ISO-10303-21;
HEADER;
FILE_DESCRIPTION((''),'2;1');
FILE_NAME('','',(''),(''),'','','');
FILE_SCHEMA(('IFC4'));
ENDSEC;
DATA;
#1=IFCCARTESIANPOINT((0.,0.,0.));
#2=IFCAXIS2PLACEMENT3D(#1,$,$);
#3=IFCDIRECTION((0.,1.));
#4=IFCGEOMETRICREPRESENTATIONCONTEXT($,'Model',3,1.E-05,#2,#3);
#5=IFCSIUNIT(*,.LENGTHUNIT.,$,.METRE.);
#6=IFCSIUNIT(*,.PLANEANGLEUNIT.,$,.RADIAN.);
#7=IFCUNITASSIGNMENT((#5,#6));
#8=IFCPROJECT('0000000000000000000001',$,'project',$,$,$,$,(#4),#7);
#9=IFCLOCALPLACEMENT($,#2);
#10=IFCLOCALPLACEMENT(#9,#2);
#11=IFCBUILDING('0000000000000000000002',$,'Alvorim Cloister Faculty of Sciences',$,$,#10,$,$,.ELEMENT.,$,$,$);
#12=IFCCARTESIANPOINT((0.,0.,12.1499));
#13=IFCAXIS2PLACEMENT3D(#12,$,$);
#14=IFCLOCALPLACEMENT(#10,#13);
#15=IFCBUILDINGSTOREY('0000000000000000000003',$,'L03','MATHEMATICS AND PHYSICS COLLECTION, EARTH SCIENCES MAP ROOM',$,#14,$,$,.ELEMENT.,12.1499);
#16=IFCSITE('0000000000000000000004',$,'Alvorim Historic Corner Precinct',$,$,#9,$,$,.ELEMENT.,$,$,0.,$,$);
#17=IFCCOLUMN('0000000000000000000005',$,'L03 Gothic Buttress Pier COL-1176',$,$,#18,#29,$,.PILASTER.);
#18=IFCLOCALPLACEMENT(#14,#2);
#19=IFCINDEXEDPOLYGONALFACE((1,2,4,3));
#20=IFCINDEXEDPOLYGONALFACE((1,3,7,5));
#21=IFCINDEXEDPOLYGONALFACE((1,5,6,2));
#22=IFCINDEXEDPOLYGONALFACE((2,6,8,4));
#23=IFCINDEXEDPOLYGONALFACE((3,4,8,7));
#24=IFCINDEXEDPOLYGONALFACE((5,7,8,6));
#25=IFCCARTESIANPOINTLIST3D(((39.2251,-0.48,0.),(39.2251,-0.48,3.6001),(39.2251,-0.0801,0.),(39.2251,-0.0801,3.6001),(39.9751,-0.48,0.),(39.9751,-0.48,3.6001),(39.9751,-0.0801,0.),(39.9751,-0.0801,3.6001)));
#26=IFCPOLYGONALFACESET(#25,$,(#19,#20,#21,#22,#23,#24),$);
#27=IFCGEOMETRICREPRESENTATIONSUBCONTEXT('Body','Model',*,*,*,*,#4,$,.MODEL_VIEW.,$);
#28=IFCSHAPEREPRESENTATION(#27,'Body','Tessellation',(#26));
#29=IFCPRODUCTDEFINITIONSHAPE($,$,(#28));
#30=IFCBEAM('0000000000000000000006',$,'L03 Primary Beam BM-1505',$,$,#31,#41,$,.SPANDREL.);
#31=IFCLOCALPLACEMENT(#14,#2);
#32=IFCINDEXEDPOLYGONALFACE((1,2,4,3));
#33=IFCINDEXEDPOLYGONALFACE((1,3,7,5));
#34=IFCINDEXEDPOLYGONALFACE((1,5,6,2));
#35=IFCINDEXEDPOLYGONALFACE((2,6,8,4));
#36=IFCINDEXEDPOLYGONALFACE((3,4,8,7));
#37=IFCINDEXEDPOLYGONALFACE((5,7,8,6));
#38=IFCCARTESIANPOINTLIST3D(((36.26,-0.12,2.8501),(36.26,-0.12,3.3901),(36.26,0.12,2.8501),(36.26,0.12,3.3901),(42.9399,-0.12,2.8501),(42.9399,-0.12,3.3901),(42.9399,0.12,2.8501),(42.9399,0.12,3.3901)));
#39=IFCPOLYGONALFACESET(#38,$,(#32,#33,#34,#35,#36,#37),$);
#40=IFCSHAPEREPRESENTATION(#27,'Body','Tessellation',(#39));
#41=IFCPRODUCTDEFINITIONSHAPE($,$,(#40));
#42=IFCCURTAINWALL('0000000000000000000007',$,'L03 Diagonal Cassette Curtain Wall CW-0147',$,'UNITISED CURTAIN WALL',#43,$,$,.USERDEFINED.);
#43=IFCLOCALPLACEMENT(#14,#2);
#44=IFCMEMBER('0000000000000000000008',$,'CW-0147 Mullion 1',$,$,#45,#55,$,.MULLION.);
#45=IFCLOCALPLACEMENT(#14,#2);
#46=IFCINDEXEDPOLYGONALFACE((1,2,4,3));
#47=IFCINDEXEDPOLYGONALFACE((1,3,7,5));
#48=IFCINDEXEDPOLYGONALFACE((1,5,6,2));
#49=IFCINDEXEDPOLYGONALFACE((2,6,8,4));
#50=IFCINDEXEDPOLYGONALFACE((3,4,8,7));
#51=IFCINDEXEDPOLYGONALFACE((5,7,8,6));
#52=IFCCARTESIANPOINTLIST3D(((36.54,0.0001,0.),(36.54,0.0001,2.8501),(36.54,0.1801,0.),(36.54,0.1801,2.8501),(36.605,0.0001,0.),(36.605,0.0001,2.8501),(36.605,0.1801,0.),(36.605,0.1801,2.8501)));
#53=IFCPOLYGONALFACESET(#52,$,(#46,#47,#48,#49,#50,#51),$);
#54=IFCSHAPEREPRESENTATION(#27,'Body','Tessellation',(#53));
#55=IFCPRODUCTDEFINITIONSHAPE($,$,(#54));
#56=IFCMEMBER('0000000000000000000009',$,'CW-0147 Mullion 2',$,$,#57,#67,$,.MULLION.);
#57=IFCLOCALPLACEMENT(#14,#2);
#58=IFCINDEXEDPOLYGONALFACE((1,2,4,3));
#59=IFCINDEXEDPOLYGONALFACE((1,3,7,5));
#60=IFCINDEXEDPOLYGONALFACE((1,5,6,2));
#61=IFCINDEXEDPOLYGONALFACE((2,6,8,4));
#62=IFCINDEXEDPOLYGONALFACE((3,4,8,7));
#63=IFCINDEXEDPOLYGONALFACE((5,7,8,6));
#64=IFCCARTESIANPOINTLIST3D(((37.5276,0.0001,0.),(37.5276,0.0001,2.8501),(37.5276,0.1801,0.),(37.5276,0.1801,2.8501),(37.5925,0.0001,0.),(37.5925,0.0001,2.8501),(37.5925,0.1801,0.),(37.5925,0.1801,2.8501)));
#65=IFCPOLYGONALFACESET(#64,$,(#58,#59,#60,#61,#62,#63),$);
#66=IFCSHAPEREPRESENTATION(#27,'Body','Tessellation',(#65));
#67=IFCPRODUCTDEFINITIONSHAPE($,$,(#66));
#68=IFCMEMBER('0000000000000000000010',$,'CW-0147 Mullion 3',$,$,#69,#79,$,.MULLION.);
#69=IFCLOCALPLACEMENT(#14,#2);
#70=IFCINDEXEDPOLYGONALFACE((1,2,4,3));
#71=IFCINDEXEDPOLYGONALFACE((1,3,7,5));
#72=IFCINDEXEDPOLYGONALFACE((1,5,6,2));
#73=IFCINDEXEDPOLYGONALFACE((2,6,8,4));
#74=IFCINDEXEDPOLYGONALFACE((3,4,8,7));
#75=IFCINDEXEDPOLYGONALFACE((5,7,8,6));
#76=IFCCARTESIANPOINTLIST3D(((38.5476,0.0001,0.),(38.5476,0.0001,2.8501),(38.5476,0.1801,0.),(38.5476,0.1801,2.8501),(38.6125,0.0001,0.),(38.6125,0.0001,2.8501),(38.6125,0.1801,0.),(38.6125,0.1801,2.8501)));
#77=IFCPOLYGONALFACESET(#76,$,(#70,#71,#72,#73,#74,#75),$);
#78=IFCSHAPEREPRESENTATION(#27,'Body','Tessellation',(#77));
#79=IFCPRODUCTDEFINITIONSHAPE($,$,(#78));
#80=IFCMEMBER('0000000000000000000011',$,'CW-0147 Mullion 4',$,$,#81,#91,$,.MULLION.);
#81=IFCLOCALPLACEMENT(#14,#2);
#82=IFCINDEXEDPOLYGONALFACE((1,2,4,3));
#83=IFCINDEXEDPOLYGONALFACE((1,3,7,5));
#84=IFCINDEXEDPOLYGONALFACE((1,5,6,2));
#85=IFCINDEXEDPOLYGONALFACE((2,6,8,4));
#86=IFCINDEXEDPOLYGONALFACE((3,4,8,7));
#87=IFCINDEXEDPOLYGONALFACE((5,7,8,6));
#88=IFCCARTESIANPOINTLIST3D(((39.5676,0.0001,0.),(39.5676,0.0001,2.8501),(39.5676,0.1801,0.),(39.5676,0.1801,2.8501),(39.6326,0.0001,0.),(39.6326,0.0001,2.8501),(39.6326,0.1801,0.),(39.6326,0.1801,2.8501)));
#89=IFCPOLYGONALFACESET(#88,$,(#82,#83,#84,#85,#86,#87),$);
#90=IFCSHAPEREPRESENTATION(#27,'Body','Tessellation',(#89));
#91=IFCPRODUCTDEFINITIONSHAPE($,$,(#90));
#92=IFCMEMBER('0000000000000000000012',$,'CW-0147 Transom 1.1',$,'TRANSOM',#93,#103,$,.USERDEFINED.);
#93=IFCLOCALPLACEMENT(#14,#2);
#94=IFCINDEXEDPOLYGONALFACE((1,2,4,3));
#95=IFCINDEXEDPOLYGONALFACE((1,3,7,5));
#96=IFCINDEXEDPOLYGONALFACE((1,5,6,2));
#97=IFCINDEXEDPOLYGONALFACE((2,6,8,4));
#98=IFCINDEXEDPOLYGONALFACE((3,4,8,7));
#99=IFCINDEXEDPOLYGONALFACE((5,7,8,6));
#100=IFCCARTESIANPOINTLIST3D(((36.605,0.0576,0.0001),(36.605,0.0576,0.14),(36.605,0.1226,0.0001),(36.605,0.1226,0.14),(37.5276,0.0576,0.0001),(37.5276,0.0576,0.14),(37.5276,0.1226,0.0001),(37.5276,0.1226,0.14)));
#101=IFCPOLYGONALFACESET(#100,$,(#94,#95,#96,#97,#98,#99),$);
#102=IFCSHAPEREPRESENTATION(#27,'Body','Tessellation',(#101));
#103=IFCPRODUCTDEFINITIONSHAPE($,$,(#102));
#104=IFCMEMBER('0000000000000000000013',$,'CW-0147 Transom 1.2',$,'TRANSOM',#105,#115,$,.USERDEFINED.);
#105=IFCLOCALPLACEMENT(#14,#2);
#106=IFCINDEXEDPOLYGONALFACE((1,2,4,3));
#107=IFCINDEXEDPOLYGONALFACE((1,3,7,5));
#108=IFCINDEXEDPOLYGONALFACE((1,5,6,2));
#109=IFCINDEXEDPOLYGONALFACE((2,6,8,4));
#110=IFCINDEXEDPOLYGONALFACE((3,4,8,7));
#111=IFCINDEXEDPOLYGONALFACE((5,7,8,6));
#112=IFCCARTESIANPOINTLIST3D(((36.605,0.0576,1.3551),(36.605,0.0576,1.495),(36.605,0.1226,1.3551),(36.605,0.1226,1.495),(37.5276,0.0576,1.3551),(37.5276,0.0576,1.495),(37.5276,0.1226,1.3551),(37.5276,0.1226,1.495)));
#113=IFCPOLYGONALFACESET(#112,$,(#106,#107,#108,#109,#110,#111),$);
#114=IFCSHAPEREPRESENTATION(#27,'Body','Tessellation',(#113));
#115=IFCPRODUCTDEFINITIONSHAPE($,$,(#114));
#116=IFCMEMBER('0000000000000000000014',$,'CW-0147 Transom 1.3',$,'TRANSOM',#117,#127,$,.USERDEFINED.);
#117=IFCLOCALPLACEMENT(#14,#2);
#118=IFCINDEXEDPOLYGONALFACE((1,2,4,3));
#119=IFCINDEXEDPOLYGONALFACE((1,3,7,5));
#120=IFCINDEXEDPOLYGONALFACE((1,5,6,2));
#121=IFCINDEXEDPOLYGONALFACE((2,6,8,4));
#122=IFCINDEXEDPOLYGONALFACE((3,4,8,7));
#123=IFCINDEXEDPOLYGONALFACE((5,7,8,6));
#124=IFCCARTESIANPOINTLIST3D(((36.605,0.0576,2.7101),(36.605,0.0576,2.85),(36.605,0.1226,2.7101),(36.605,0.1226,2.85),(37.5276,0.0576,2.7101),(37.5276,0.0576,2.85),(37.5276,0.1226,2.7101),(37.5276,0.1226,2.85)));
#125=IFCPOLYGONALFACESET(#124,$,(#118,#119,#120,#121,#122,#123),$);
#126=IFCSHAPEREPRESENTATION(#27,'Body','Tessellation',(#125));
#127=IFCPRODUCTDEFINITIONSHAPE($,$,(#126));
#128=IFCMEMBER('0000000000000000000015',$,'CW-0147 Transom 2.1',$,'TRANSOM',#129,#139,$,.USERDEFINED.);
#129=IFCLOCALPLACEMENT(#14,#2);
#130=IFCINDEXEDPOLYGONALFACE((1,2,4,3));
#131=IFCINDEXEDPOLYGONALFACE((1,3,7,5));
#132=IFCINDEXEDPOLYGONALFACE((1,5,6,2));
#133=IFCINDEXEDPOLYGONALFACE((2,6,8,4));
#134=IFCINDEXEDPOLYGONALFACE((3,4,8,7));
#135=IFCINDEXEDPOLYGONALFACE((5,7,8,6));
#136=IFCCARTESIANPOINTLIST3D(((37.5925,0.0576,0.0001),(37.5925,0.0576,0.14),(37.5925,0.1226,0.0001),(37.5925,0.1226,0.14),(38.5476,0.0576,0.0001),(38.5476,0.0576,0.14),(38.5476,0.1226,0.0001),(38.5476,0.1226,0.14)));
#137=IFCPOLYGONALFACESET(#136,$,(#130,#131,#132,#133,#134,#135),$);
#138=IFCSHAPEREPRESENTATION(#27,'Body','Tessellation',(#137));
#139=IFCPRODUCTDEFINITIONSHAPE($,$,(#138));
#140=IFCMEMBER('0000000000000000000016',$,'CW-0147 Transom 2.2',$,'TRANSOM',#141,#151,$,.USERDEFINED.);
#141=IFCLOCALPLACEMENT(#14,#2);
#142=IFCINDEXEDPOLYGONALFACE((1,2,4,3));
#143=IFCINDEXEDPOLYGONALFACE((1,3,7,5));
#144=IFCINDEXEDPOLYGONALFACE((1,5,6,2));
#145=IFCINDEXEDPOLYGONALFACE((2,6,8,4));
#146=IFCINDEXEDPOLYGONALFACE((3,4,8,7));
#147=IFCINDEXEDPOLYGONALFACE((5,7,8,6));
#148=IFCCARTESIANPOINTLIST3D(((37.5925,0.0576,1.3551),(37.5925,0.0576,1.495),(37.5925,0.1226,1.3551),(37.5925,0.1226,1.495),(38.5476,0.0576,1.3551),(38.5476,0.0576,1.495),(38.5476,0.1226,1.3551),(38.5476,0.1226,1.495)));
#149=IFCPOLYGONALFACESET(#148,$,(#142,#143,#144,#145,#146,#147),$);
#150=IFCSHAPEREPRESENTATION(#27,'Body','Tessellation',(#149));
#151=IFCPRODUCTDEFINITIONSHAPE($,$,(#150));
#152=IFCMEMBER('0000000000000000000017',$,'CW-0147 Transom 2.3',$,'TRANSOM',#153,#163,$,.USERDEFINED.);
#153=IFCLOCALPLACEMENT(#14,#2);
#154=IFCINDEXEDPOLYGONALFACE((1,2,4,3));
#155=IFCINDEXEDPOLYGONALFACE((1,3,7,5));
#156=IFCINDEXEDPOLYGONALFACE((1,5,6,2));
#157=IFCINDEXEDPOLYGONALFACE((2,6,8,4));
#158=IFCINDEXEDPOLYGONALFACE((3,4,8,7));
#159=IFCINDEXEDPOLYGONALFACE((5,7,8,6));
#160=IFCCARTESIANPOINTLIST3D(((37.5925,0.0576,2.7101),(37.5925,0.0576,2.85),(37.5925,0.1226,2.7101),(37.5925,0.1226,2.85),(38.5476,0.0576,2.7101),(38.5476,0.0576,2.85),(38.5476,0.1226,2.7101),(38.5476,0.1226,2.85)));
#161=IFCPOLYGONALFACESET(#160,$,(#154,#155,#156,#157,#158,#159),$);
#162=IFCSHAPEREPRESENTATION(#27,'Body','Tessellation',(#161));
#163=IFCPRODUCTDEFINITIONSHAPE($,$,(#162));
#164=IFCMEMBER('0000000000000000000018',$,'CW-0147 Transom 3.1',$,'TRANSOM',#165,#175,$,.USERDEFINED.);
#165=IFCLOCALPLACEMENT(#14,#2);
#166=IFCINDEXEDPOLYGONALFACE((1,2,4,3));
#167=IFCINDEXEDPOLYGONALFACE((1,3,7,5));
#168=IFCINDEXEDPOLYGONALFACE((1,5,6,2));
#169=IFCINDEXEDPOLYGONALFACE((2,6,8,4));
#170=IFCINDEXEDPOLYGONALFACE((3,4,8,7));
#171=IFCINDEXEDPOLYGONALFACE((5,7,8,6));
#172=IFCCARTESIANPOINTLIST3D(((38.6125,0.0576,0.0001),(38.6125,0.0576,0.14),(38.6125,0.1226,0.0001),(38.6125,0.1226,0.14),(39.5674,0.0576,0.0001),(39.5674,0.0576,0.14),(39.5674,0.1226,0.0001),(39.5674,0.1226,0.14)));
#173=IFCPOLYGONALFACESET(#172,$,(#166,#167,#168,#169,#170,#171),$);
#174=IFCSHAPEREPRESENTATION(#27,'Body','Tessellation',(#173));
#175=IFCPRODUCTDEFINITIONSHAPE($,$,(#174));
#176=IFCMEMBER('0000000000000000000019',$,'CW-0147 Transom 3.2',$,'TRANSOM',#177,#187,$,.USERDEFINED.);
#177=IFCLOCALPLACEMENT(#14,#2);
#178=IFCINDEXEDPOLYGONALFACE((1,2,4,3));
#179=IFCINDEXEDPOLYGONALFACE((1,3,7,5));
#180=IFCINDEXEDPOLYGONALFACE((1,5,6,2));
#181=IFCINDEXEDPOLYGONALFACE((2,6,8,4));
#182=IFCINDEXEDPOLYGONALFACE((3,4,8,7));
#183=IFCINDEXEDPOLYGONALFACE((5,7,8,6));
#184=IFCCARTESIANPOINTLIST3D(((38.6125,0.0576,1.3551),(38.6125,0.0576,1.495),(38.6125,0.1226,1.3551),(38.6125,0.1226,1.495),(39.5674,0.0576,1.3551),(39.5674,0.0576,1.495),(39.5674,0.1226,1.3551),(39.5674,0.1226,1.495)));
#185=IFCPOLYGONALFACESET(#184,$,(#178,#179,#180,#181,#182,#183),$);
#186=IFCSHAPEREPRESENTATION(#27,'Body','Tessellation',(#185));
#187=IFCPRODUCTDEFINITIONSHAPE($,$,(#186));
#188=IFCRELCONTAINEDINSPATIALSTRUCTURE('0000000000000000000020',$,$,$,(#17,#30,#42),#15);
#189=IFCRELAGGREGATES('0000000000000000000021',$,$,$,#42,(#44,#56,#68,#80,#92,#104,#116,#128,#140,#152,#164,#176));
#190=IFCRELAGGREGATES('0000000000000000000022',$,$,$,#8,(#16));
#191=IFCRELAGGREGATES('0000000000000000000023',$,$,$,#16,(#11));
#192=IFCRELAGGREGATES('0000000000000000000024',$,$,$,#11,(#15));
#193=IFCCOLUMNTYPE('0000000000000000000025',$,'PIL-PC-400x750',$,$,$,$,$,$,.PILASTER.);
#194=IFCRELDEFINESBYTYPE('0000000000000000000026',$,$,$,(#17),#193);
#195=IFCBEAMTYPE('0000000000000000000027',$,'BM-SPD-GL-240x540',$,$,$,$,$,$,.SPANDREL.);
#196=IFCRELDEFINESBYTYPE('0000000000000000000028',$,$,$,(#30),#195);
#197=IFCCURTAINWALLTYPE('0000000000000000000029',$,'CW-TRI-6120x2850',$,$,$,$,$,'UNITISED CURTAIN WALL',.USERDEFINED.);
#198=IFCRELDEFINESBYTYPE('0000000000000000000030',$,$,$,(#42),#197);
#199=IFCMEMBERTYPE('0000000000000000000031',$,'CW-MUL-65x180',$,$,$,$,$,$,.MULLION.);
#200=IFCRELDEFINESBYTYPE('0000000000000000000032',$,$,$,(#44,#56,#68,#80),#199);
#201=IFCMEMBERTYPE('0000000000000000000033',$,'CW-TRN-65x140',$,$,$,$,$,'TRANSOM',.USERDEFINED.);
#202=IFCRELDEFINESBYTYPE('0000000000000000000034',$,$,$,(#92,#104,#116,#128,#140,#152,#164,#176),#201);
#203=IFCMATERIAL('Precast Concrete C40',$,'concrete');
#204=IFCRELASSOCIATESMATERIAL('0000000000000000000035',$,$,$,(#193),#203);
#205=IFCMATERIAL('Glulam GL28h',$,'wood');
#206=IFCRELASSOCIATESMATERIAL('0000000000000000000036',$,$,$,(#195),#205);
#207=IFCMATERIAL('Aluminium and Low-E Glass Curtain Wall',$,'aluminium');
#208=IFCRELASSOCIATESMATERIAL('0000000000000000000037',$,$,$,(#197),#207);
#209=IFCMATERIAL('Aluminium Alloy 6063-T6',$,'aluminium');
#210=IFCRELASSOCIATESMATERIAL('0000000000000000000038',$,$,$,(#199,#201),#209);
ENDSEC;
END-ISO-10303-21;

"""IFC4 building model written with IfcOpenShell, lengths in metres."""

from ifc_helpers import new_model, si_unit, direction, frame, origin, origin_2d, place, context, subcontext, project, spatial, rectangle, extrude, material, material_profile, profile_set, type_object, element, aggregate, save


model = new_model("IFC4")

# Units and contexts
model_context = context("Model", 3, precision=1e-05, world=origin(), true_north=direction((0.0, 1.0)))
body_context = subcontext(model_context, "Body", "Model", "MODEL_VIEW")
ifc_project = project(units=[si_unit("LENGTHUNIT", "METRE"), si_unit("PLANEANGLEUNIT", "RADIAN")], contexts=[model_context])

# Site, building, storey
site_placement = place(None, origin())
site = spatial("IfcSite", under=ifc_project, at=site_placement, Name="Alvorim Historic Corner Precinct", CompositionType="ELEMENT", RefElevation=0.0)
building_placement = place(site_placement, origin())
building = spatial("IfcBuilding", under=site, at=building_placement, Name="Alvorim Cloister Faculty of Sciences", CompositionType="ELEMENT")
storey_placement = place(building_placement, frame((0.0, 0.0, 12.1499)))
storey = spatial("IfcBuildingStorey", under=building, at=storey_placement, Name="L03", Description="MATHEMATICS AND PHYSICS COLLECTION, EARTH SCIENCES MAP ROOM", CompositionType="ELEMENT", Elevation=12.1499)

# Column
ifc_material_1 = material(Name="Precast Concrete C40", Category="concrete")
ifc_material_profile_1 = material_profile(ifc_material_1, rectangle(XDim=0.3999, YDim=0.75, at=origin_2d()), Name="RC40-PIL-400x750")
ifc_profile_set_1 = profile_set([ifc_material_profile_1], Name="Precast Concrete C40")
column_type = type_object("IfcColumnType", Name="PIL-PC-400x750", PredefinedType="PILASTER", material=ifc_profile_set_1)
column_placement = place(storey_placement, frame((39.6001, -0.28, 0.0), z_axis=(0.0, 0.0, 1.0), x_axis=(0.0, 1.0, 0.0)))
element("IfcColumn", 1, at=column_placement, inside=storey, type_object=column_type, Name="L03 Gothic Buttress Pier COL-1176", PredefinedType="PILASTER", context=body_context, shape_type="SweptSolid", body=[
    extrude(rectangle(XDim=0.3999, YDim=0.75, at=origin_2d()), origin(), (0.0, 0.0, 1.0), 3.6001),
])

# Beam
ifc_material_2 = material(Name="Glulam GL28h", Category="wood")
ifc_material_profile_2 = material_profile(ifc_material_2, rectangle(XDim=0.24, YDim=0.54, at=origin_2d()), Name="GL28-SPD-240x540")
ifc_profile_set_2 = profile_set([ifc_material_profile_2], Name="Glulam GL28h")
beam_type = type_object("IfcBeamType", Name="BM-SPD-GL-240x540", PredefinedType="SPANDREL", material=ifc_profile_set_2)
beam_placement = place(storey_placement, frame((36.26, 0.0, 3.1201), z_axis=(1.0, 0.0, 0.0), x_axis=(0.0, 1.0, 0.0)))
element("IfcBeam", 2, at=beam_placement, inside=storey, type_object=beam_type, Name="L03 Primary Beam BM-1505", PredefinedType="SPANDREL", context=body_context, shape_type="SweptSolid", body=[
    extrude(rectangle(XDim=0.24, YDim=0.54, at=origin_2d()), origin(), (0.0, 0.0, 1.0), 6.6799),
])

# Curtain wall, members
ifc_material_3 = material(Name="Aluminium and Low-E Glass Curtain Wall", Category="aluminium")
curtain_wall_type = type_object("IfcCurtainWallType", Name="CW-TRI-6120x2850", ElementType="UNITISED CURTAIN WALL", PredefinedType="USERDEFINED", material=ifc_material_3)
curtain_wall_placement = place(storey_placement, origin())
curtain_wall = element("IfcCurtainWall", 3, at=curtain_wall_placement, inside=storey, type_object=curtain_wall_type, Name="L03 Diagonal Cassette Curtain Wall CW-0147", ObjectType="UNITISED CURTAIN WALL", PredefinedType="USERDEFINED")
ifc_material_4 = material(Name="Aluminium Alloy 6063-T6", Category="aluminium")
ifc_material_profile_3 = material_profile(ifc_material_4, rectangle(XDim=0.0649, YDim=0.1799, at=origin_2d()), Name="ALU-MUL-65x180")
ifc_profile_set_3 = profile_set([ifc_material_profile_3], Name="Aluminium Alloy 6063-T6")
member_type_1 = type_object("IfcMemberType", Name="CW-MUL-65x180", PredefinedType="MULLION", material=ifc_profile_set_3)
member_1_placement = place(storey_placement, frame((36.5725, 0.0901, 0.0), z_axis=(0.0, 0.0, 1.0), x_axis=(1.0, 0.0, 0.0)))
member_1 = element("IfcMember", 4, at=member_1_placement, type_object=member_type_1, Name="CW-0147 Mullion 1", PredefinedType="MULLION", context=body_context, shape_type="SweptSolid", body=[
    extrude(rectangle(XDim=0.0649, YDim=0.1799, at=origin_2d()), origin(), (0.0, 0.0, 1.0), 2.8501),
])
member_2_placement = place(storey_placement, frame((37.5601, 0.0901, 0.0), z_axis=(0.0, 0.0, 1.0), x_axis=(1.0, 0.0, 0.0)))
member_2 = element("IfcMember", 5, at=member_2_placement, type_object=member_type_1, Name="CW-0147 Mullion 2", PredefinedType="MULLION", context=body_context, shape_type="SweptSolid", body=[
    extrude(rectangle(XDim=0.0649, YDim=0.1799, at=origin_2d()), origin(), (0.0, 0.0, 1.0), 2.8501),
])
member_3_placement = place(storey_placement, frame((38.5801, 0.0901, 0.0), z_axis=(0.0, 0.0, 1.0), x_axis=(1.0, 0.0, 0.0)))
member_3 = element("IfcMember", 6, at=member_3_placement, type_object=member_type_1, Name="CW-0147 Mullion 3", PredefinedType="MULLION", context=body_context, shape_type="SweptSolid", body=[
    extrude(rectangle(XDim=0.0649, YDim=0.1799, at=origin_2d()), origin(), (0.0, 0.0, 1.0), 2.8501),
])
member_4_placement = place(storey_placement, frame((39.6001, 0.0901, 0.0), z_axis=(0.0, 0.0, 1.0), x_axis=(1.0, 0.0, 0.0)))
member_4 = element("IfcMember", 7, at=member_4_placement, type_object=member_type_1, Name="CW-0147 Mullion 4", PredefinedType="MULLION", context=body_context, shape_type="SweptSolid", body=[
    extrude(rectangle(XDim=0.0649, YDim=0.1799, at=origin_2d()), origin(), (0.0, 0.0, 1.0), 2.8501),
])
ifc_material_profile_4 = material_profile(ifc_material_4, rectangle(XDim=0.0649, YDim=0.1399, at=origin_2d()), Name="ALU-TRN-65x140")
ifc_profile_set_4 = profile_set([ifc_material_profile_4], Name="Aluminium Alloy 6063-T6")
member_type_2 = type_object("IfcMemberType", Name="CW-TRN-65x140", ElementType="TRANSOM", PredefinedType="USERDEFINED", material=ifc_profile_set_4)
member_5_placement = place(storey_placement, frame((36.605, 0.0901, 0.0701), z_axis=(1.0, 0.0, 0.0), x_axis=(0.0, 1.0, 0.0)))
member_5 = element("IfcMember", 8, at=member_5_placement, type_object=member_type_2, Name="CW-0147 Transom 1.1", ObjectType="TRANSOM", PredefinedType="USERDEFINED", context=body_context, shape_type="SweptSolid", body=[
    extrude(rectangle(XDim=0.0649, YDim=0.1399, at=origin_2d()), origin(), (0.0, 0.0, 1.0), 0.9226),
])
member_6_placement = place(storey_placement, frame((36.605, 0.0901, 1.425), z_axis=(1.0, 0.0, 0.0), x_axis=(0.0, 1.0, 0.0)))
member_6 = element("IfcMember", 9, at=member_6_placement, type_object=member_type_2, Name="CW-0147 Transom 1.2", ObjectType="TRANSOM", PredefinedType="USERDEFINED", context=body_context, shape_type="SweptSolid", body=[
    extrude(rectangle(XDim=0.0649, YDim=0.1399, at=origin_2d()), origin(), (0.0, 0.0, 1.0), 0.9226),
])
member_7_placement = place(storey_placement, frame((36.605, 0.0901, 2.78), z_axis=(1.0, 0.0, 0.0), x_axis=(0.0, 1.0, 0.0)))
member_7 = element("IfcMember", 10, at=member_7_placement, type_object=member_type_2, Name="CW-0147 Transom 1.3", ObjectType="TRANSOM", PredefinedType="USERDEFINED", context=body_context, shape_type="SweptSolid", body=[
    extrude(rectangle(XDim=0.0649, YDim=0.1399, at=origin_2d()), origin(), (0.0, 0.0, 1.0), 0.9226),
])
member_8_placement = place(storey_placement, frame((37.5925, 0.0901, 0.0701), z_axis=(1.0, 0.0, 0.0), x_axis=(0.0, 1.0, 0.0)))
member_8 = element("IfcMember", 11, at=member_8_placement, type_object=member_type_2, Name="CW-0147 Transom 2.1", ObjectType="TRANSOM", PredefinedType="USERDEFINED", context=body_context, shape_type="SweptSolid", body=[
    extrude(rectangle(XDim=0.0649, YDim=0.1399, at=origin_2d()), origin(), (0.0, 0.0, 1.0), 0.9551),
])
member_9_placement = place(storey_placement, frame((37.5925, 0.0901, 1.425), z_axis=(1.0, 0.0, 0.0), x_axis=(0.0, 1.0, 0.0)))
member_9 = element("IfcMember", 12, at=member_9_placement, type_object=member_type_2, Name="CW-0147 Transom 2.2", ObjectType="TRANSOM", PredefinedType="USERDEFINED", context=body_context, shape_type="SweptSolid", body=[
    extrude(rectangle(XDim=0.0649, YDim=0.1399, at=origin_2d()), origin(), (0.0, 0.0, 1.0), 0.9551),
])
member_10_placement = place(storey_placement, frame((37.5925, 0.0901, 2.78), z_axis=(1.0, 0.0, 0.0), x_axis=(0.0, 1.0, 0.0)))
member_10 = element("IfcMember", 13, at=member_10_placement, type_object=member_type_2, Name="CW-0147 Transom 2.3", ObjectType="TRANSOM", PredefinedType="USERDEFINED", context=body_context, shape_type="SweptSolid", body=[
    extrude(rectangle(XDim=0.0649, YDim=0.1399, at=origin_2d()), origin(), (0.0, 0.0, 1.0), 0.9551),
])
member_11_placement = place(storey_placement, frame((38.6125, 0.0901, 0.0701), z_axis=(1.0, 0.0, 0.0), x_axis=(0.0, 1.0, 0.0)))
member_11 = element("IfcMember", 14, at=member_11_placement, type_object=member_type_2, Name="CW-0147 Transom 3.1", ObjectType="TRANSOM", PredefinedType="USERDEFINED", context=body_context, shape_type="SweptSolid", body=[
    extrude(rectangle(XDim=0.0649, YDim=0.1399, at=origin_2d()), origin(), (0.0, 0.0, 1.0), 0.9548),
])
member_12_placement = place(storey_placement, frame((38.6125, 0.0901, 1.425), z_axis=(1.0, 0.0, 0.0), x_axis=(0.0, 1.0, 0.0)))
member_12 = element("IfcMember", 15, at=member_12_placement, type_object=member_type_2, Name="CW-0147 Transom 3.2", ObjectType="TRANSOM", PredefinedType="USERDEFINED", context=body_context, shape_type="SweptSolid", body=[
    extrude(rectangle(XDim=0.0649, YDim=0.1399, at=origin_2d()), origin(), (0.0, 0.0, 1.0), 0.9548),
])
aggregate(curtain_wall, [member_1, member_2, member_3, member_4, member_5, member_6, member_7, member_8, member_9, member_10, member_11, member_12])

save(model, "model.ifc")
